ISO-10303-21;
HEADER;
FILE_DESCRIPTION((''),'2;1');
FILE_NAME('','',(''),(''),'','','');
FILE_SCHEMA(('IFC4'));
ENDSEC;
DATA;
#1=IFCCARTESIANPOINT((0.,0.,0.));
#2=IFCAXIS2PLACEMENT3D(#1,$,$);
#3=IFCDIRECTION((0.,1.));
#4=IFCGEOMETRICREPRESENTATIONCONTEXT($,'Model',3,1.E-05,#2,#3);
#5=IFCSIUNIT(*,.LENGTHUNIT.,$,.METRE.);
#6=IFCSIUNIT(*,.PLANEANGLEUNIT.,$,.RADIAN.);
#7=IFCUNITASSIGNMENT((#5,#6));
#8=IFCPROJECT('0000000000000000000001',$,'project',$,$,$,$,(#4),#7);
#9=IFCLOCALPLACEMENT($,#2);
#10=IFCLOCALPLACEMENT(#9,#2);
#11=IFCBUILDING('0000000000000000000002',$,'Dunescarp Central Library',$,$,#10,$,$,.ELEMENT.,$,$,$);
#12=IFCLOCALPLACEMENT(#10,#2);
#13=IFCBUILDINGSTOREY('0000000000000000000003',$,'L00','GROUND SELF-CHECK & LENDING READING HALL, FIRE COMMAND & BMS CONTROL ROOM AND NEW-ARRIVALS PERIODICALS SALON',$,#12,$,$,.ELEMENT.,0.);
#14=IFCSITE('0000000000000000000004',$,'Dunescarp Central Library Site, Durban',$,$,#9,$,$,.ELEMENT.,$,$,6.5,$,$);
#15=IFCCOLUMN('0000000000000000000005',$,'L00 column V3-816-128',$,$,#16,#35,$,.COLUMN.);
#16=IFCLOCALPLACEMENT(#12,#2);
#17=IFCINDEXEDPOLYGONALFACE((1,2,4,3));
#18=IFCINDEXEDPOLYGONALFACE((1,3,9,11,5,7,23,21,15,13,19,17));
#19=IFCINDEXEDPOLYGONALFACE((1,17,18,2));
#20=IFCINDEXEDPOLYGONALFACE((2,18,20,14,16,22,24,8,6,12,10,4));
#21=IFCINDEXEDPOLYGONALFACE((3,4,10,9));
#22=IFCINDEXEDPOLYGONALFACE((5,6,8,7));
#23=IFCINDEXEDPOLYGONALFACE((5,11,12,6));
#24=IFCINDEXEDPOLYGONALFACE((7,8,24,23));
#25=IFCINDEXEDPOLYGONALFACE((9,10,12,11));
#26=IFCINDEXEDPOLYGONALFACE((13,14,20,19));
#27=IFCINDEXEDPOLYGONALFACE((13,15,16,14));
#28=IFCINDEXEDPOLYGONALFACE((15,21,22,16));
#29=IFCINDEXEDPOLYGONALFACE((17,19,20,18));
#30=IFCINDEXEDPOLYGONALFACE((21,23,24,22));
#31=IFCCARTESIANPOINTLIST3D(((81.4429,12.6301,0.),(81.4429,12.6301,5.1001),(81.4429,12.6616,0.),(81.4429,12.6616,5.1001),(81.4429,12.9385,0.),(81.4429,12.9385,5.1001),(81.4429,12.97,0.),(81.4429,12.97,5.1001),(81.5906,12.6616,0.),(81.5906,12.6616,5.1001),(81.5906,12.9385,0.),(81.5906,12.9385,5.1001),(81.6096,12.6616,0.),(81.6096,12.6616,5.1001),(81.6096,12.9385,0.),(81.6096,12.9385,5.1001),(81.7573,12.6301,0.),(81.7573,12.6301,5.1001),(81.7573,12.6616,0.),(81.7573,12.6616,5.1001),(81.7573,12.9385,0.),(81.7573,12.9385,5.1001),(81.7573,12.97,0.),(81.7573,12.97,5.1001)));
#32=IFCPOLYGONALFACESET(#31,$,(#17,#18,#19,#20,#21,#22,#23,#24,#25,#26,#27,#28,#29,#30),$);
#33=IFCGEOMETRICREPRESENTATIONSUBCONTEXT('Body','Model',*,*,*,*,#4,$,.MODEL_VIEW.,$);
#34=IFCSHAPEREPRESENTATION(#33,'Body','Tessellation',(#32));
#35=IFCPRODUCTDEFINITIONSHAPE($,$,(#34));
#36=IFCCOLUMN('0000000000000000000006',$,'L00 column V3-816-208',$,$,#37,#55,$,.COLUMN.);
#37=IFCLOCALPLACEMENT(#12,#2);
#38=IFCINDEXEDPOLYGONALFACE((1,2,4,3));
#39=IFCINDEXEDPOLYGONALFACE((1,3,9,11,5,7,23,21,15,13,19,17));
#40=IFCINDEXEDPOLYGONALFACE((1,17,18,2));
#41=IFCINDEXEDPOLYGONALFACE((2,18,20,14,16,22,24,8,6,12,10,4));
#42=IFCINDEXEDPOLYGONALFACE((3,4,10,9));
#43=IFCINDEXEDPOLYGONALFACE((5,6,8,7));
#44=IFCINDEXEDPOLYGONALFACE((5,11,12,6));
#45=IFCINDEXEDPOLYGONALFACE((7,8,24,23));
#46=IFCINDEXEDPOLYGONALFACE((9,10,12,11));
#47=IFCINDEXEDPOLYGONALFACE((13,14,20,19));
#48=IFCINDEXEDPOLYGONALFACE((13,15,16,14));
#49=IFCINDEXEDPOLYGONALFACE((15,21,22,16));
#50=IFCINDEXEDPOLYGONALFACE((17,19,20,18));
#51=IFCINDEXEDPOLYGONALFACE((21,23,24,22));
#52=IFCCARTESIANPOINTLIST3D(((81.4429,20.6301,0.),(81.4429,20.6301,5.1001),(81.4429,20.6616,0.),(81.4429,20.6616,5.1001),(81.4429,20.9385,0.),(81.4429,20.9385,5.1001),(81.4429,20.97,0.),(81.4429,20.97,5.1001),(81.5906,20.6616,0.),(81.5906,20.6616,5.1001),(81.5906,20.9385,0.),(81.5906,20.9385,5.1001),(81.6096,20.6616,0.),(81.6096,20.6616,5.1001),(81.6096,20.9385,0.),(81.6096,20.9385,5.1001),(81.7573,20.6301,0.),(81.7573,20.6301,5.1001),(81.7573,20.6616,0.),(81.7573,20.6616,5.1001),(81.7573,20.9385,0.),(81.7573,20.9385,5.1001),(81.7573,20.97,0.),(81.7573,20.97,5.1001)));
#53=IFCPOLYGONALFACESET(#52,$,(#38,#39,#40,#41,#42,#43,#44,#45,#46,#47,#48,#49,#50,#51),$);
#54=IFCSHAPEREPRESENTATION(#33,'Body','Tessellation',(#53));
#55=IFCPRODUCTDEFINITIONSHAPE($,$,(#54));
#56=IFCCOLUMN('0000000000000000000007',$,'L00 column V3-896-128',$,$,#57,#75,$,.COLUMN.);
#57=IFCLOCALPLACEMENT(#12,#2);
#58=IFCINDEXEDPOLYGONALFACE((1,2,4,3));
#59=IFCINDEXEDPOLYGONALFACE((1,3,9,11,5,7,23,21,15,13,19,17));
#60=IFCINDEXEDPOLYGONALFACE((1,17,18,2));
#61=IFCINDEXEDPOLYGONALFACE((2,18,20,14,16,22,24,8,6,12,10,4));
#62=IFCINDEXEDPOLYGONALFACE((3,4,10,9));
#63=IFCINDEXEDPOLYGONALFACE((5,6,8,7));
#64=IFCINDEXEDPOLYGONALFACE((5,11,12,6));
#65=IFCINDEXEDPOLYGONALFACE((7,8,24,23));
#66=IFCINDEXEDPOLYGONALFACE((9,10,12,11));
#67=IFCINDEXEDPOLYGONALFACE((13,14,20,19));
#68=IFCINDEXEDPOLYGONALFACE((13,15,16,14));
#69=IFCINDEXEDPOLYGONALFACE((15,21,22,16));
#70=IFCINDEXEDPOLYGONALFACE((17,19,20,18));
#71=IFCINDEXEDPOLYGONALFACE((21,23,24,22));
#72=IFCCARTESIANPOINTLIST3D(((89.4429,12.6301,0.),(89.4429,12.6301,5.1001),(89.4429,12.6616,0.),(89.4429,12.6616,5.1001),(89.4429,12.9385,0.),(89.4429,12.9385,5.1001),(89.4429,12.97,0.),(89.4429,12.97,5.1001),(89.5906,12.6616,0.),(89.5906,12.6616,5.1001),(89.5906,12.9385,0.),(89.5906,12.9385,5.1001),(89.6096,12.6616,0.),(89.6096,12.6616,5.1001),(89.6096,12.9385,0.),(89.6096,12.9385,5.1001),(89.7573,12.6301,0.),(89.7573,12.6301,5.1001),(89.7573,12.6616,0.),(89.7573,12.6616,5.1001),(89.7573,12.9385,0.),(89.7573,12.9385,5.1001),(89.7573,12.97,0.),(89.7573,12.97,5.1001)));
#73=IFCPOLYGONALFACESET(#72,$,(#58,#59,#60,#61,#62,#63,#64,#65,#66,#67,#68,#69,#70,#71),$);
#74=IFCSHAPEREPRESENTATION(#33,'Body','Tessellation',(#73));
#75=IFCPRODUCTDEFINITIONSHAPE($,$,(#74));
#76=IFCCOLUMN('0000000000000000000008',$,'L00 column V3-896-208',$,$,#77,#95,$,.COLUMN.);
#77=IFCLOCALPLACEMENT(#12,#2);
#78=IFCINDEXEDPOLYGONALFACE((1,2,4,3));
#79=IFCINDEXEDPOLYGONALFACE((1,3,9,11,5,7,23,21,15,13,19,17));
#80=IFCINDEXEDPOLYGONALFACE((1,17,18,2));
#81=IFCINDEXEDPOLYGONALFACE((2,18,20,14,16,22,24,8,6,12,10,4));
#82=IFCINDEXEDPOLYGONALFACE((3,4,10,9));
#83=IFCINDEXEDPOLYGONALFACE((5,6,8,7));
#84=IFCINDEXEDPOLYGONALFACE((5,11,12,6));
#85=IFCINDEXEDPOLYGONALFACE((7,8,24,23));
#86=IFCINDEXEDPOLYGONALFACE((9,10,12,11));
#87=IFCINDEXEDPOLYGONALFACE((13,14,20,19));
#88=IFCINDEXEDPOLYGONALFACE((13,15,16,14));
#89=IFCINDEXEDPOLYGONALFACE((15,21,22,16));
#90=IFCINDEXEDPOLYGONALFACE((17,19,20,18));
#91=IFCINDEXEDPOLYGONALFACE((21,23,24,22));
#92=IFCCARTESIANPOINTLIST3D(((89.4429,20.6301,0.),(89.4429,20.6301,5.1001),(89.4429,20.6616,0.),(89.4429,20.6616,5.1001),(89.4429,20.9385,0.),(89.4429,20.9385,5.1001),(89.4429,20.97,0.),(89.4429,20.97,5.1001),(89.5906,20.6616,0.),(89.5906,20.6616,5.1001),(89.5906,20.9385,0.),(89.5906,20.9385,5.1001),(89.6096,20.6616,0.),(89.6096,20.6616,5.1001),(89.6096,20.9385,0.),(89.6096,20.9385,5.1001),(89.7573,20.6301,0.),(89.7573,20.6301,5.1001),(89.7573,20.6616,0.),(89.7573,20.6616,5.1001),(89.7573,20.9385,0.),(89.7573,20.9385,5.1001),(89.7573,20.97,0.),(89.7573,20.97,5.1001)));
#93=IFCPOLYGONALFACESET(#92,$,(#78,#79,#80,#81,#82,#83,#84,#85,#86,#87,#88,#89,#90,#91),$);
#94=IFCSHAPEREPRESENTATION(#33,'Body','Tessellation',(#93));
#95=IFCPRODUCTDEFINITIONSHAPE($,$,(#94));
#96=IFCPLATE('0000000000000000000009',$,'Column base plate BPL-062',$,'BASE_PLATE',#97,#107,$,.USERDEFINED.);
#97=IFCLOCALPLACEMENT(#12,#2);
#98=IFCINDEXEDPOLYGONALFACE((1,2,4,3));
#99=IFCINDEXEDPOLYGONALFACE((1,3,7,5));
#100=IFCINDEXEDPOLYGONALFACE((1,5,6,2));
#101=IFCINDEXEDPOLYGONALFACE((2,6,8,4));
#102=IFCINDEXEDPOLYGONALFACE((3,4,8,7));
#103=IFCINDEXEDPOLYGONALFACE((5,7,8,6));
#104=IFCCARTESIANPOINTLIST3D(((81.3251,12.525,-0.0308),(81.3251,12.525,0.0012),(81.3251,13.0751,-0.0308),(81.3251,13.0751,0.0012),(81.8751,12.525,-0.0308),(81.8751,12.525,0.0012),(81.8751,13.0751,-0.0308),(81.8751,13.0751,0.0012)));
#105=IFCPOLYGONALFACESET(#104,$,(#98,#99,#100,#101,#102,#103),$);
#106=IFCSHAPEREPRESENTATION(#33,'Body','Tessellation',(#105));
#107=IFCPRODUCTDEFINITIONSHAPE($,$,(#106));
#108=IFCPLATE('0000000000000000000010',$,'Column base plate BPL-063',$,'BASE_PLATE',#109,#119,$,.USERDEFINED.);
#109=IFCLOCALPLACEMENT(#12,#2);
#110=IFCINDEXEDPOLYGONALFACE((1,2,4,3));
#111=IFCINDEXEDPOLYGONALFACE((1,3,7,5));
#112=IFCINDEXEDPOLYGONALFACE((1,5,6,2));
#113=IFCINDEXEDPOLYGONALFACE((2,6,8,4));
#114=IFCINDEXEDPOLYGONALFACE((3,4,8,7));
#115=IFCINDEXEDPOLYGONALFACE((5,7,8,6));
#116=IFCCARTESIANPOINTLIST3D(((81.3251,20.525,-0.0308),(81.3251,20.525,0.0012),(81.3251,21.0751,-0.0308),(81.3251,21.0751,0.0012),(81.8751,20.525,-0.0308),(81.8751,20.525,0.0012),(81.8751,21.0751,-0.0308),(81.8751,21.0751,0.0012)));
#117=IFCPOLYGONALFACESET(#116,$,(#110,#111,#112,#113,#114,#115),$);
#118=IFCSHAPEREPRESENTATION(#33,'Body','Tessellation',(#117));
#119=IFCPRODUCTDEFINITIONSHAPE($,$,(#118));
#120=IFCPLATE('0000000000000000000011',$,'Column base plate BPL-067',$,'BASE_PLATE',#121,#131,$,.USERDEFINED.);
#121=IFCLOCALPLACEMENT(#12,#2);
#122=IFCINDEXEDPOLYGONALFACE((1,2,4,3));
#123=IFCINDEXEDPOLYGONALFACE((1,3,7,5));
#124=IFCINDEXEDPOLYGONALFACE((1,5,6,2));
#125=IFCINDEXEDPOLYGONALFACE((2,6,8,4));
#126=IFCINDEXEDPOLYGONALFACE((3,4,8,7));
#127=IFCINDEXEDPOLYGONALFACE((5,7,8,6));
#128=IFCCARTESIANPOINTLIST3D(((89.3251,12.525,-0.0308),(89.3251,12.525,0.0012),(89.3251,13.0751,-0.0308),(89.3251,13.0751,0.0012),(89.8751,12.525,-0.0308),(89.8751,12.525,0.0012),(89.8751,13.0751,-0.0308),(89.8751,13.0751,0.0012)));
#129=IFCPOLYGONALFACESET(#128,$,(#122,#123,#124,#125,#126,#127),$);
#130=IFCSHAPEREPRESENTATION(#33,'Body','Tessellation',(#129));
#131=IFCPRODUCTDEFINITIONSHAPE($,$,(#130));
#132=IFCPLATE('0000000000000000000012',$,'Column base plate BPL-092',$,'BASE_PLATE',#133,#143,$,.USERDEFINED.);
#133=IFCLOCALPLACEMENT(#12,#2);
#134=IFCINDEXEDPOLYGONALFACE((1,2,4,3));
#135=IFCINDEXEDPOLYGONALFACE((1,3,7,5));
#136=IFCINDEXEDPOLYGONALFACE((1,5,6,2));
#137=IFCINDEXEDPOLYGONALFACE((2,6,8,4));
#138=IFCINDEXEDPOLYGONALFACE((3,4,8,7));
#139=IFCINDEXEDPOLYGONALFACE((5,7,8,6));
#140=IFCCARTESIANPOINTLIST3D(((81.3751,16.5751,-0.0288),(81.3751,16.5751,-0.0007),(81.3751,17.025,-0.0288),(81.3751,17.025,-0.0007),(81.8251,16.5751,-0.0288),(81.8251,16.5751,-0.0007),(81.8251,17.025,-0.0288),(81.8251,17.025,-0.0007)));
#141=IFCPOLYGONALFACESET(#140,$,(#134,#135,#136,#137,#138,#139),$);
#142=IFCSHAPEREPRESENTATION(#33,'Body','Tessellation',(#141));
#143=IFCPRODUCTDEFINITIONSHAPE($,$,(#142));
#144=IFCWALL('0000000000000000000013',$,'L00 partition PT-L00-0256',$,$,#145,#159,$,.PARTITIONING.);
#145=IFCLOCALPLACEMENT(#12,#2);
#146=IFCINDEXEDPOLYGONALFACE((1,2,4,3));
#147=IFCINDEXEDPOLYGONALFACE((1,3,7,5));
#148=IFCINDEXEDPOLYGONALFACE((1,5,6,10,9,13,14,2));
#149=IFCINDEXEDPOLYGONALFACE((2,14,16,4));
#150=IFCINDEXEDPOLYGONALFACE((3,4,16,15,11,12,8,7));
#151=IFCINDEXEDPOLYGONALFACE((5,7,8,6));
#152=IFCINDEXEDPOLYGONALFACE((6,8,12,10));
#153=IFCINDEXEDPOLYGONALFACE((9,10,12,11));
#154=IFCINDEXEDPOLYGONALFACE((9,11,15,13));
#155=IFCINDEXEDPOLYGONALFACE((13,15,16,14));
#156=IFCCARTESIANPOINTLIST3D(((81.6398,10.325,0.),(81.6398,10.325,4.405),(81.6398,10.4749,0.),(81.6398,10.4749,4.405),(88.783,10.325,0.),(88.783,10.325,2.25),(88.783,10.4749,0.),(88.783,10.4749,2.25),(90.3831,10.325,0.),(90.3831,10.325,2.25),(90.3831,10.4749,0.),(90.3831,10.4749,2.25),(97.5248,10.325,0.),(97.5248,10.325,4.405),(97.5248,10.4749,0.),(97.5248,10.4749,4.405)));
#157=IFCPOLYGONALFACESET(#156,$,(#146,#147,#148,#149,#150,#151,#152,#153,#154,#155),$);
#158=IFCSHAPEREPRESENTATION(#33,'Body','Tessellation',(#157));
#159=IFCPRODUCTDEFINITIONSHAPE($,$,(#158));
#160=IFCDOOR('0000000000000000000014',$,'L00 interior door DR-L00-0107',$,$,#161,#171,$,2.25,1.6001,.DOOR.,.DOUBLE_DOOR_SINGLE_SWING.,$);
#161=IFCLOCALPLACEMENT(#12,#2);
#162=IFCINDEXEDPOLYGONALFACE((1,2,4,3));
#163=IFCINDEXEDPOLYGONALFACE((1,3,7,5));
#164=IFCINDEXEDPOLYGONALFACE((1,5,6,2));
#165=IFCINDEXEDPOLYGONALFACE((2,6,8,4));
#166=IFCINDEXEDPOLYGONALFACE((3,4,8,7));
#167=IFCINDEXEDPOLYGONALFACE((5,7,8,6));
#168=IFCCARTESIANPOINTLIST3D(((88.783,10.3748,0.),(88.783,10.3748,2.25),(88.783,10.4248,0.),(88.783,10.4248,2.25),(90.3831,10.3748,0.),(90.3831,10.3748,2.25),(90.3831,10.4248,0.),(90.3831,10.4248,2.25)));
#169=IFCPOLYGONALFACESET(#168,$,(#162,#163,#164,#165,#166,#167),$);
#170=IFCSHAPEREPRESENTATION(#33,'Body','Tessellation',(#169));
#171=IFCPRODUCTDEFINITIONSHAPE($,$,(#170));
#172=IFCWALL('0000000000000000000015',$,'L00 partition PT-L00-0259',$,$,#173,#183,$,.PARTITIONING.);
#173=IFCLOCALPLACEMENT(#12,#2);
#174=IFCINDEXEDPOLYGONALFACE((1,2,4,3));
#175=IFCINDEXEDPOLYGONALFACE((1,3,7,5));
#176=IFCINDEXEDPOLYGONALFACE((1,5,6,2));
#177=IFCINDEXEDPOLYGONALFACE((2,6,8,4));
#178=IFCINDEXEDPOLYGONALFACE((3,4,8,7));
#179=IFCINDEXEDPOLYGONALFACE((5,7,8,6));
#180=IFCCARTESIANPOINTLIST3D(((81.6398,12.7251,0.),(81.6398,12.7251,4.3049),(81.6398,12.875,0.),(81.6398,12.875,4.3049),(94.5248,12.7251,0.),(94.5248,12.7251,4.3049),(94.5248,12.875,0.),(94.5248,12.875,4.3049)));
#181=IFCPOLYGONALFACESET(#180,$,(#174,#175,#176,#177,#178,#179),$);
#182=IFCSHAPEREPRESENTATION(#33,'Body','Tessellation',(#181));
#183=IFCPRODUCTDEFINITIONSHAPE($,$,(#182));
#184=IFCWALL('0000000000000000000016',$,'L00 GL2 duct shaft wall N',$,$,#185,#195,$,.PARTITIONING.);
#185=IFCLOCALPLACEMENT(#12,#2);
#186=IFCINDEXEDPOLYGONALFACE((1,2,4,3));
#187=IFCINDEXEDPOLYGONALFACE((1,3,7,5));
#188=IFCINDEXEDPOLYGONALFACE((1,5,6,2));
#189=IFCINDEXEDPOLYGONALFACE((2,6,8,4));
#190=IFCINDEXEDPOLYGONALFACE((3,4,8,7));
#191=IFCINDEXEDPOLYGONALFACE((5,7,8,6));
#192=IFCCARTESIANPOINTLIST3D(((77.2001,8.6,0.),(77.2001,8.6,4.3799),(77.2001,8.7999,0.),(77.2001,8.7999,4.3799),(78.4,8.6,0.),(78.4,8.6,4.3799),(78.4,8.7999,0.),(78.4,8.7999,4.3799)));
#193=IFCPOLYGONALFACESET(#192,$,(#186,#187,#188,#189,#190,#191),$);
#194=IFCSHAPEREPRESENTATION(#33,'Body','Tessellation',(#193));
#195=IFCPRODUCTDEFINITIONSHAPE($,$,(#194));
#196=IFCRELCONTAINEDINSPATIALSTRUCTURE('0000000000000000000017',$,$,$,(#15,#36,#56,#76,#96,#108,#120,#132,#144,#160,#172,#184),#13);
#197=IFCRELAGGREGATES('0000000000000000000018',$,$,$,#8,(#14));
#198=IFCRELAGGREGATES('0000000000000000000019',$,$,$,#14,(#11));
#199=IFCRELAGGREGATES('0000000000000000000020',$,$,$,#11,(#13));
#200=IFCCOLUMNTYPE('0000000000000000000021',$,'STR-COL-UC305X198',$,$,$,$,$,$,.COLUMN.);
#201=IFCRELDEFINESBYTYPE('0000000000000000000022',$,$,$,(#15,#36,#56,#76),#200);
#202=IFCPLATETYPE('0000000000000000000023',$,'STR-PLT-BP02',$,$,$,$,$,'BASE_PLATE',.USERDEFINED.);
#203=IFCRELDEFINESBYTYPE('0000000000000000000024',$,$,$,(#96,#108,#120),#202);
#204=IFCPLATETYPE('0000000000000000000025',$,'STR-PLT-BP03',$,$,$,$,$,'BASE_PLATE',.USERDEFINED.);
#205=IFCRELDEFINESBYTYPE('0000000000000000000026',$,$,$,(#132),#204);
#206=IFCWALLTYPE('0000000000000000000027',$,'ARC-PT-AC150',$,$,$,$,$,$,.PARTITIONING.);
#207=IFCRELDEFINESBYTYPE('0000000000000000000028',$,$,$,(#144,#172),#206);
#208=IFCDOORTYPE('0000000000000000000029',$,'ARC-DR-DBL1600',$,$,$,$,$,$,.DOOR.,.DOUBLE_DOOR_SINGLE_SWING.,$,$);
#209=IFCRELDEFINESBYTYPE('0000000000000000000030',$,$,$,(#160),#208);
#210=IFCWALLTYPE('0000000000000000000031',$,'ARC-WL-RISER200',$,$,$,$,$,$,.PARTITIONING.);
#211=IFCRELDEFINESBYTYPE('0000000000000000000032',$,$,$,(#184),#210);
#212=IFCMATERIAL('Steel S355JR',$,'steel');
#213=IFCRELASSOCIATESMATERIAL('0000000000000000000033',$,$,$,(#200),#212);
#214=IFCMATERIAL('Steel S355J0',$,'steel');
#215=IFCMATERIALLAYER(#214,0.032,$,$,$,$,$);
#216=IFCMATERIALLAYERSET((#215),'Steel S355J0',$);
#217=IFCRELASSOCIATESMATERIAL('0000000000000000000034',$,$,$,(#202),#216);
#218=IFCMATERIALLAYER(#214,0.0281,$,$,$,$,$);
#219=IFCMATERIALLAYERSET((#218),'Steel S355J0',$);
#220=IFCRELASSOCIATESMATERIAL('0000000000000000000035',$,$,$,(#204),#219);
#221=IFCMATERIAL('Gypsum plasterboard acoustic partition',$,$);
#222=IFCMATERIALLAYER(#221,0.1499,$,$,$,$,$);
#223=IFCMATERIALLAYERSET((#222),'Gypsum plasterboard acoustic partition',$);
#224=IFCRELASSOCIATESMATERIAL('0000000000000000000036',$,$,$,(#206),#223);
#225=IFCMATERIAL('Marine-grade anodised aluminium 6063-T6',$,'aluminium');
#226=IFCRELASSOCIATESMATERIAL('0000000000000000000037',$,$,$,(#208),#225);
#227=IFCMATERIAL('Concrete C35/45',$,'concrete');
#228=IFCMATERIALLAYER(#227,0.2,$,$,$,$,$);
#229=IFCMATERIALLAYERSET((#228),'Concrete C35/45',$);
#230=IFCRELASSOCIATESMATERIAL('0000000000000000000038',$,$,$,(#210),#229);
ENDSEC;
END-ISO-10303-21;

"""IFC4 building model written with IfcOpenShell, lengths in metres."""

from ifc_helpers import new_model, si_unit, direction, frame, frame_2d, origin, origin_2d, place, context, subcontext, project, spatial, rectangle, i_section, extrude, material, layer, layer_set, material_profile, profile_set, type_object, element, fill, save


model = new_model("IFC4")

# Units and contexts
model_context = context("Model", 3, precision=1e-05, world=origin(), true_north=direction((0.0, 1.0)))
body_context = subcontext(model_context, "Body", "Model", "MODEL_VIEW")
ifc_project = project(units=[si_unit("LENGTHUNIT", "METRE"), si_unit("PLANEANGLEUNIT", "RADIAN")], contexts=[model_context])

# Site, building, storey
site_placement = place(None, origin())
site = spatial("IfcSite", under=ifc_project, at=site_placement, Name="Dunescarp Central Library Site, Durban", CompositionType="ELEMENT", RefElevation=6.5)
building_placement = place(site_placement, origin())
building = spatial("IfcBuilding", under=site, at=building_placement, Name="Dunescarp Central Library", CompositionType="ELEMENT")
storey_placement = place(building_placement, origin())
storey = spatial("IfcBuildingStorey", under=building, at=storey_placement, Name="L00", Description="GROUND SELF-CHECK & LENDING READING HALL, FIRE COMMAND & BMS CONTROL ROOM AND NEW-ARRIVALS PERIODICALS SALON", CompositionType="ELEMENT", Elevation=0.0)

# Shared definitions
ifc_material_1 = material(Name="Concrete C35/45", Category="concrete")

# Columns
ifc_material_2 = material(Name="Steel S355JR", Category="steel")
ifc_material_profile_1 = material_profile(ifc_material_2, i_section(OverallWidth=0.3145, OverallDepth=0.3398, WebThickness=0.019, FlangeThickness=0.0315, at=origin_2d()), Name="UC 305x305x198")
ifc_profile_set_1 = profile_set([ifc_material_profile_1], Name="Steel S355JR")
column_type_1 = type_object("IfcColumnType", Name="STR-COL-UC305X198", PredefinedType="COLUMN", material=ifc_profile_set_1)
for number, where, z_axis, x_axis, name in (
    (1, (81.6001, 12.8, 0.0), (0.0, 0.0, 1.0), (1.0, 0.0, 0.0), "L00 column V3-816-128"),
    (2, (81.6001, 20.8, 0.0), (0.0, 0.0, 1.0), (1.0, 0.0, 0.0), "L00 column V3-816-208"),
    (3, (89.6001, 12.8, 0.0), (0.0, 0.0, 1.0), (1.0, 0.0, 0.0), "L00 column V3-896-128"),
    (4, (89.6001, 20.8, 0.0), (0.0, 0.0, 1.0), (1.0, 0.0, 0.0), "L00 column V3-896-208"),
):
    element("IfcColumn", number, at=place(storey_placement, frame(where, z_axis=z_axis, x_axis=x_axis)), inside=storey, type_object=column_type_1, Name=name, PredefinedType="COLUMN", context=body_context, shape_type="SweptSolid", body=[
        extrude(i_section(OverallWidth=0.3145, OverallDepth=0.3398, WebThickness=0.019, FlangeThickness=0.0315, at=origin_2d()), origin(), (0.0, 0.0, 1.0), 5.1001),
    ])

# Plates
ifc_material_3 = material(Name="Steel S355J0", Category="steel")
ifc_layer_1 = layer(ifc_material_3, 0.032)
ifc_layer_set_1 = layer_set([ifc_layer_1], Name="Steel S355J0")
plate_type_1 = type_object("IfcPlateType", Name="STR-PLT-BP02", ElementType="BASE_PLATE", PredefinedType="USERDEFINED", material=ifc_layer_set_1)
for number, where, z_axis, x_axis, name in (
    (5, (81.6001, 12.8, -0.0308), (0.0, 0.0, 1.0), (1.0, 0.0, 0.0), "Column base plate BPL-062"),
    (6, (81.6001, 20.8, -0.0308), (0.0, 0.0, 1.0), (1.0, 0.0, 0.0), "Column base plate BPL-063"),
    (7, (89.6001, 12.8, -0.0308), (0.0, 0.0, 1.0), (1.0, 0.0, 0.0), "Column base plate BPL-067"),
):
    element("IfcPlate", number, at=place(storey_placement, frame(where, z_axis=z_axis, x_axis=x_axis)), inside=storey, type_object=plate_type_1, Name=name, ObjectType="BASE_PLATE", PredefinedType="USERDEFINED", context=body_context, shape_type="SweptSolid", body=[
        extrude(rectangle(XDim=0.55, YDim=0.55, at=origin_2d()), origin(), (0.0, 0.0, 1.0), 0.032),
    ])
ifc_layer_2 = layer(ifc_material_3, 0.0281)
ifc_layer_set_2 = layer_set([ifc_layer_2], Name="Steel S355J0")
plate_type_2 = type_object("IfcPlateType", Name="STR-PLT-BP03", ElementType="BASE_PLATE", PredefinedType="USERDEFINED", material=ifc_layer_set_2)
plate_placement = place(storey_placement, frame((81.6001, 16.8, -0.0288), z_axis=(0.0, 0.0, 1.0), x_axis=(1.0, 0.0, 0.0)))
element("IfcPlate", 8, at=plate_placement, inside=storey, type_object=plate_type_2, Name="Column base plate BPL-092", ObjectType="BASE_PLATE", PredefinedType="USERDEFINED", context=body_context, shape_type="SweptSolid", body=[
    extrude(rectangle(XDim=0.45, YDim=0.45, at=origin_2d()), origin(), (0.0, 0.0, 1.0), 0.0281),
])

# Wall, opening, door
ifc_material_4 = material(Name="Gypsum plasterboard acoustic partition")
ifc_layer_3 = layer(ifc_material_4, 0.1499)
ifc_layer_set_3 = layer_set([ifc_layer_3], Name="Gypsum plasterboard acoustic partition")
wall_type_1 = type_object("IfcWallType", Name="ARC-PT-AC150", PredefinedType="PARTITIONING", material=ifc_layer_set_3)
wall_1_placement = place(storey_placement, frame((81.6399, 10.3999, 0.0), z_axis=(0.0, 0.0, 1.0), x_axis=(1.0, 0.0, 0.0)))
wall_1 = element("IfcWall", 9, at=wall_1_placement, inside=storey, type_object=wall_type_1, Name="L00 partition PT-L00-0256", PredefinedType="PARTITIONING", context=body_context, shape_type="SweptSolid", body=[
    extrude(rectangle(XDim=15.885, YDim=0.1499, at=frame_2d((7.9424, 0.0))), origin(), (0.0, 0.0, 1.0), 4.405),
])
opening_1_placement = place(wall_1_placement, frame((7.1431, 0.0, 0.0)))
opening_1 = element("IfcOpeningElement", 10, at=opening_1_placement, cuts=wall_1, PredefinedType="OPENING", context=body_context, shape_type="SweptSolid", body=[
    extrude(rectangle(XDim=1.6001, YDim=2.25, at=frame_2d((0.8, 1.125))), frame((0.0, 0.085, 0.0), z_axis=(0.0, -1.0, 0.0), x_axis=(1.0, 0.0, 0.0)), (0.0, 0.0, 1.0), 0.1699),
])
ifc_material_5 = material(Name="Marine-grade anodised aluminium 6063-T6", Category="aluminium")
door_type_1 = type_object("IfcDoorType", Name="ARC-DR-DBL1600", OperationType="DOUBLE_DOOR_SINGLE_SWING", PredefinedType="DOOR", material=ifc_material_5)
door_1_placement = place(opening_1_placement, origin())
door_1 = element("IfcDoor", 11, at=door_1_placement, inside=storey, type_object=door_type_1, Name="L00 interior door DR-L00-0107", OperationType="DOUBLE_DOOR_SINGLE_SWING", OverallHeight=2.25, OverallWidth=1.6001, PredefinedType="DOOR", context=body_context, shape_type="SweptSolid", body=[
    extrude(rectangle(XDim=1.6001, YDim=2.25, at=frame_2d((0.8, 1.125))), frame((0.0, 0.0249, 0.0), z_axis=(0.0, -1.0, 0.0), x_axis=(1.0, 0.0, 0.0)), (0.0, 0.0, 1.0), 0.05),
])
fill(opening_1, door_1)

# Walls
wall_2_placement = place(storey_placement, frame((81.6399, 12.8, 0.0), z_axis=(0.0, 0.0, 1.0), x_axis=(1.0, 0.0, 0.0)))
element("IfcWall", 12, at=wall_2_placement, inside=storey, type_object=wall_type_1, Name="L00 partition PT-L00-0259", PredefinedType="PARTITIONING", context=body_context, shape_type="SweptSolid", body=[
    extrude(rectangle(XDim=12.885, YDim=0.1499, at=frame_2d((6.4424, 0.0))), origin(), (0.0, 0.0, 1.0), 4.3049),
])
ifc_layer_4 = layer(ifc_material_1, 0.2)
ifc_layer_set_4 = layer_set([ifc_layer_4], Name="Concrete C35/45")
wall_type_2 = type_object("IfcWallType", Name="ARC-WL-RISER200", PredefinedType="PARTITIONING", material=ifc_layer_set_4)
wall_3_placement = place(storey_placement, frame((77.2, 8.7, 0.0), z_axis=(0.0, 0.0, 1.0), x_axis=(1.0, 0.0, 0.0)))
element("IfcWall", 13, at=wall_3_placement, inside=storey, type_object=wall_type_2, Name="L00 GL2 duct shaft wall N", PredefinedType="PARTITIONING", context=body_context, shape_type="SweptSolid", body=[
    extrude(rectangle(XDim=1.2, YDim=0.2, at=frame_2d((0.6001, 0.0))), origin(), (0.0, 0.0, 1.0), 4.3799),
])

save(model, "model.ifc")
